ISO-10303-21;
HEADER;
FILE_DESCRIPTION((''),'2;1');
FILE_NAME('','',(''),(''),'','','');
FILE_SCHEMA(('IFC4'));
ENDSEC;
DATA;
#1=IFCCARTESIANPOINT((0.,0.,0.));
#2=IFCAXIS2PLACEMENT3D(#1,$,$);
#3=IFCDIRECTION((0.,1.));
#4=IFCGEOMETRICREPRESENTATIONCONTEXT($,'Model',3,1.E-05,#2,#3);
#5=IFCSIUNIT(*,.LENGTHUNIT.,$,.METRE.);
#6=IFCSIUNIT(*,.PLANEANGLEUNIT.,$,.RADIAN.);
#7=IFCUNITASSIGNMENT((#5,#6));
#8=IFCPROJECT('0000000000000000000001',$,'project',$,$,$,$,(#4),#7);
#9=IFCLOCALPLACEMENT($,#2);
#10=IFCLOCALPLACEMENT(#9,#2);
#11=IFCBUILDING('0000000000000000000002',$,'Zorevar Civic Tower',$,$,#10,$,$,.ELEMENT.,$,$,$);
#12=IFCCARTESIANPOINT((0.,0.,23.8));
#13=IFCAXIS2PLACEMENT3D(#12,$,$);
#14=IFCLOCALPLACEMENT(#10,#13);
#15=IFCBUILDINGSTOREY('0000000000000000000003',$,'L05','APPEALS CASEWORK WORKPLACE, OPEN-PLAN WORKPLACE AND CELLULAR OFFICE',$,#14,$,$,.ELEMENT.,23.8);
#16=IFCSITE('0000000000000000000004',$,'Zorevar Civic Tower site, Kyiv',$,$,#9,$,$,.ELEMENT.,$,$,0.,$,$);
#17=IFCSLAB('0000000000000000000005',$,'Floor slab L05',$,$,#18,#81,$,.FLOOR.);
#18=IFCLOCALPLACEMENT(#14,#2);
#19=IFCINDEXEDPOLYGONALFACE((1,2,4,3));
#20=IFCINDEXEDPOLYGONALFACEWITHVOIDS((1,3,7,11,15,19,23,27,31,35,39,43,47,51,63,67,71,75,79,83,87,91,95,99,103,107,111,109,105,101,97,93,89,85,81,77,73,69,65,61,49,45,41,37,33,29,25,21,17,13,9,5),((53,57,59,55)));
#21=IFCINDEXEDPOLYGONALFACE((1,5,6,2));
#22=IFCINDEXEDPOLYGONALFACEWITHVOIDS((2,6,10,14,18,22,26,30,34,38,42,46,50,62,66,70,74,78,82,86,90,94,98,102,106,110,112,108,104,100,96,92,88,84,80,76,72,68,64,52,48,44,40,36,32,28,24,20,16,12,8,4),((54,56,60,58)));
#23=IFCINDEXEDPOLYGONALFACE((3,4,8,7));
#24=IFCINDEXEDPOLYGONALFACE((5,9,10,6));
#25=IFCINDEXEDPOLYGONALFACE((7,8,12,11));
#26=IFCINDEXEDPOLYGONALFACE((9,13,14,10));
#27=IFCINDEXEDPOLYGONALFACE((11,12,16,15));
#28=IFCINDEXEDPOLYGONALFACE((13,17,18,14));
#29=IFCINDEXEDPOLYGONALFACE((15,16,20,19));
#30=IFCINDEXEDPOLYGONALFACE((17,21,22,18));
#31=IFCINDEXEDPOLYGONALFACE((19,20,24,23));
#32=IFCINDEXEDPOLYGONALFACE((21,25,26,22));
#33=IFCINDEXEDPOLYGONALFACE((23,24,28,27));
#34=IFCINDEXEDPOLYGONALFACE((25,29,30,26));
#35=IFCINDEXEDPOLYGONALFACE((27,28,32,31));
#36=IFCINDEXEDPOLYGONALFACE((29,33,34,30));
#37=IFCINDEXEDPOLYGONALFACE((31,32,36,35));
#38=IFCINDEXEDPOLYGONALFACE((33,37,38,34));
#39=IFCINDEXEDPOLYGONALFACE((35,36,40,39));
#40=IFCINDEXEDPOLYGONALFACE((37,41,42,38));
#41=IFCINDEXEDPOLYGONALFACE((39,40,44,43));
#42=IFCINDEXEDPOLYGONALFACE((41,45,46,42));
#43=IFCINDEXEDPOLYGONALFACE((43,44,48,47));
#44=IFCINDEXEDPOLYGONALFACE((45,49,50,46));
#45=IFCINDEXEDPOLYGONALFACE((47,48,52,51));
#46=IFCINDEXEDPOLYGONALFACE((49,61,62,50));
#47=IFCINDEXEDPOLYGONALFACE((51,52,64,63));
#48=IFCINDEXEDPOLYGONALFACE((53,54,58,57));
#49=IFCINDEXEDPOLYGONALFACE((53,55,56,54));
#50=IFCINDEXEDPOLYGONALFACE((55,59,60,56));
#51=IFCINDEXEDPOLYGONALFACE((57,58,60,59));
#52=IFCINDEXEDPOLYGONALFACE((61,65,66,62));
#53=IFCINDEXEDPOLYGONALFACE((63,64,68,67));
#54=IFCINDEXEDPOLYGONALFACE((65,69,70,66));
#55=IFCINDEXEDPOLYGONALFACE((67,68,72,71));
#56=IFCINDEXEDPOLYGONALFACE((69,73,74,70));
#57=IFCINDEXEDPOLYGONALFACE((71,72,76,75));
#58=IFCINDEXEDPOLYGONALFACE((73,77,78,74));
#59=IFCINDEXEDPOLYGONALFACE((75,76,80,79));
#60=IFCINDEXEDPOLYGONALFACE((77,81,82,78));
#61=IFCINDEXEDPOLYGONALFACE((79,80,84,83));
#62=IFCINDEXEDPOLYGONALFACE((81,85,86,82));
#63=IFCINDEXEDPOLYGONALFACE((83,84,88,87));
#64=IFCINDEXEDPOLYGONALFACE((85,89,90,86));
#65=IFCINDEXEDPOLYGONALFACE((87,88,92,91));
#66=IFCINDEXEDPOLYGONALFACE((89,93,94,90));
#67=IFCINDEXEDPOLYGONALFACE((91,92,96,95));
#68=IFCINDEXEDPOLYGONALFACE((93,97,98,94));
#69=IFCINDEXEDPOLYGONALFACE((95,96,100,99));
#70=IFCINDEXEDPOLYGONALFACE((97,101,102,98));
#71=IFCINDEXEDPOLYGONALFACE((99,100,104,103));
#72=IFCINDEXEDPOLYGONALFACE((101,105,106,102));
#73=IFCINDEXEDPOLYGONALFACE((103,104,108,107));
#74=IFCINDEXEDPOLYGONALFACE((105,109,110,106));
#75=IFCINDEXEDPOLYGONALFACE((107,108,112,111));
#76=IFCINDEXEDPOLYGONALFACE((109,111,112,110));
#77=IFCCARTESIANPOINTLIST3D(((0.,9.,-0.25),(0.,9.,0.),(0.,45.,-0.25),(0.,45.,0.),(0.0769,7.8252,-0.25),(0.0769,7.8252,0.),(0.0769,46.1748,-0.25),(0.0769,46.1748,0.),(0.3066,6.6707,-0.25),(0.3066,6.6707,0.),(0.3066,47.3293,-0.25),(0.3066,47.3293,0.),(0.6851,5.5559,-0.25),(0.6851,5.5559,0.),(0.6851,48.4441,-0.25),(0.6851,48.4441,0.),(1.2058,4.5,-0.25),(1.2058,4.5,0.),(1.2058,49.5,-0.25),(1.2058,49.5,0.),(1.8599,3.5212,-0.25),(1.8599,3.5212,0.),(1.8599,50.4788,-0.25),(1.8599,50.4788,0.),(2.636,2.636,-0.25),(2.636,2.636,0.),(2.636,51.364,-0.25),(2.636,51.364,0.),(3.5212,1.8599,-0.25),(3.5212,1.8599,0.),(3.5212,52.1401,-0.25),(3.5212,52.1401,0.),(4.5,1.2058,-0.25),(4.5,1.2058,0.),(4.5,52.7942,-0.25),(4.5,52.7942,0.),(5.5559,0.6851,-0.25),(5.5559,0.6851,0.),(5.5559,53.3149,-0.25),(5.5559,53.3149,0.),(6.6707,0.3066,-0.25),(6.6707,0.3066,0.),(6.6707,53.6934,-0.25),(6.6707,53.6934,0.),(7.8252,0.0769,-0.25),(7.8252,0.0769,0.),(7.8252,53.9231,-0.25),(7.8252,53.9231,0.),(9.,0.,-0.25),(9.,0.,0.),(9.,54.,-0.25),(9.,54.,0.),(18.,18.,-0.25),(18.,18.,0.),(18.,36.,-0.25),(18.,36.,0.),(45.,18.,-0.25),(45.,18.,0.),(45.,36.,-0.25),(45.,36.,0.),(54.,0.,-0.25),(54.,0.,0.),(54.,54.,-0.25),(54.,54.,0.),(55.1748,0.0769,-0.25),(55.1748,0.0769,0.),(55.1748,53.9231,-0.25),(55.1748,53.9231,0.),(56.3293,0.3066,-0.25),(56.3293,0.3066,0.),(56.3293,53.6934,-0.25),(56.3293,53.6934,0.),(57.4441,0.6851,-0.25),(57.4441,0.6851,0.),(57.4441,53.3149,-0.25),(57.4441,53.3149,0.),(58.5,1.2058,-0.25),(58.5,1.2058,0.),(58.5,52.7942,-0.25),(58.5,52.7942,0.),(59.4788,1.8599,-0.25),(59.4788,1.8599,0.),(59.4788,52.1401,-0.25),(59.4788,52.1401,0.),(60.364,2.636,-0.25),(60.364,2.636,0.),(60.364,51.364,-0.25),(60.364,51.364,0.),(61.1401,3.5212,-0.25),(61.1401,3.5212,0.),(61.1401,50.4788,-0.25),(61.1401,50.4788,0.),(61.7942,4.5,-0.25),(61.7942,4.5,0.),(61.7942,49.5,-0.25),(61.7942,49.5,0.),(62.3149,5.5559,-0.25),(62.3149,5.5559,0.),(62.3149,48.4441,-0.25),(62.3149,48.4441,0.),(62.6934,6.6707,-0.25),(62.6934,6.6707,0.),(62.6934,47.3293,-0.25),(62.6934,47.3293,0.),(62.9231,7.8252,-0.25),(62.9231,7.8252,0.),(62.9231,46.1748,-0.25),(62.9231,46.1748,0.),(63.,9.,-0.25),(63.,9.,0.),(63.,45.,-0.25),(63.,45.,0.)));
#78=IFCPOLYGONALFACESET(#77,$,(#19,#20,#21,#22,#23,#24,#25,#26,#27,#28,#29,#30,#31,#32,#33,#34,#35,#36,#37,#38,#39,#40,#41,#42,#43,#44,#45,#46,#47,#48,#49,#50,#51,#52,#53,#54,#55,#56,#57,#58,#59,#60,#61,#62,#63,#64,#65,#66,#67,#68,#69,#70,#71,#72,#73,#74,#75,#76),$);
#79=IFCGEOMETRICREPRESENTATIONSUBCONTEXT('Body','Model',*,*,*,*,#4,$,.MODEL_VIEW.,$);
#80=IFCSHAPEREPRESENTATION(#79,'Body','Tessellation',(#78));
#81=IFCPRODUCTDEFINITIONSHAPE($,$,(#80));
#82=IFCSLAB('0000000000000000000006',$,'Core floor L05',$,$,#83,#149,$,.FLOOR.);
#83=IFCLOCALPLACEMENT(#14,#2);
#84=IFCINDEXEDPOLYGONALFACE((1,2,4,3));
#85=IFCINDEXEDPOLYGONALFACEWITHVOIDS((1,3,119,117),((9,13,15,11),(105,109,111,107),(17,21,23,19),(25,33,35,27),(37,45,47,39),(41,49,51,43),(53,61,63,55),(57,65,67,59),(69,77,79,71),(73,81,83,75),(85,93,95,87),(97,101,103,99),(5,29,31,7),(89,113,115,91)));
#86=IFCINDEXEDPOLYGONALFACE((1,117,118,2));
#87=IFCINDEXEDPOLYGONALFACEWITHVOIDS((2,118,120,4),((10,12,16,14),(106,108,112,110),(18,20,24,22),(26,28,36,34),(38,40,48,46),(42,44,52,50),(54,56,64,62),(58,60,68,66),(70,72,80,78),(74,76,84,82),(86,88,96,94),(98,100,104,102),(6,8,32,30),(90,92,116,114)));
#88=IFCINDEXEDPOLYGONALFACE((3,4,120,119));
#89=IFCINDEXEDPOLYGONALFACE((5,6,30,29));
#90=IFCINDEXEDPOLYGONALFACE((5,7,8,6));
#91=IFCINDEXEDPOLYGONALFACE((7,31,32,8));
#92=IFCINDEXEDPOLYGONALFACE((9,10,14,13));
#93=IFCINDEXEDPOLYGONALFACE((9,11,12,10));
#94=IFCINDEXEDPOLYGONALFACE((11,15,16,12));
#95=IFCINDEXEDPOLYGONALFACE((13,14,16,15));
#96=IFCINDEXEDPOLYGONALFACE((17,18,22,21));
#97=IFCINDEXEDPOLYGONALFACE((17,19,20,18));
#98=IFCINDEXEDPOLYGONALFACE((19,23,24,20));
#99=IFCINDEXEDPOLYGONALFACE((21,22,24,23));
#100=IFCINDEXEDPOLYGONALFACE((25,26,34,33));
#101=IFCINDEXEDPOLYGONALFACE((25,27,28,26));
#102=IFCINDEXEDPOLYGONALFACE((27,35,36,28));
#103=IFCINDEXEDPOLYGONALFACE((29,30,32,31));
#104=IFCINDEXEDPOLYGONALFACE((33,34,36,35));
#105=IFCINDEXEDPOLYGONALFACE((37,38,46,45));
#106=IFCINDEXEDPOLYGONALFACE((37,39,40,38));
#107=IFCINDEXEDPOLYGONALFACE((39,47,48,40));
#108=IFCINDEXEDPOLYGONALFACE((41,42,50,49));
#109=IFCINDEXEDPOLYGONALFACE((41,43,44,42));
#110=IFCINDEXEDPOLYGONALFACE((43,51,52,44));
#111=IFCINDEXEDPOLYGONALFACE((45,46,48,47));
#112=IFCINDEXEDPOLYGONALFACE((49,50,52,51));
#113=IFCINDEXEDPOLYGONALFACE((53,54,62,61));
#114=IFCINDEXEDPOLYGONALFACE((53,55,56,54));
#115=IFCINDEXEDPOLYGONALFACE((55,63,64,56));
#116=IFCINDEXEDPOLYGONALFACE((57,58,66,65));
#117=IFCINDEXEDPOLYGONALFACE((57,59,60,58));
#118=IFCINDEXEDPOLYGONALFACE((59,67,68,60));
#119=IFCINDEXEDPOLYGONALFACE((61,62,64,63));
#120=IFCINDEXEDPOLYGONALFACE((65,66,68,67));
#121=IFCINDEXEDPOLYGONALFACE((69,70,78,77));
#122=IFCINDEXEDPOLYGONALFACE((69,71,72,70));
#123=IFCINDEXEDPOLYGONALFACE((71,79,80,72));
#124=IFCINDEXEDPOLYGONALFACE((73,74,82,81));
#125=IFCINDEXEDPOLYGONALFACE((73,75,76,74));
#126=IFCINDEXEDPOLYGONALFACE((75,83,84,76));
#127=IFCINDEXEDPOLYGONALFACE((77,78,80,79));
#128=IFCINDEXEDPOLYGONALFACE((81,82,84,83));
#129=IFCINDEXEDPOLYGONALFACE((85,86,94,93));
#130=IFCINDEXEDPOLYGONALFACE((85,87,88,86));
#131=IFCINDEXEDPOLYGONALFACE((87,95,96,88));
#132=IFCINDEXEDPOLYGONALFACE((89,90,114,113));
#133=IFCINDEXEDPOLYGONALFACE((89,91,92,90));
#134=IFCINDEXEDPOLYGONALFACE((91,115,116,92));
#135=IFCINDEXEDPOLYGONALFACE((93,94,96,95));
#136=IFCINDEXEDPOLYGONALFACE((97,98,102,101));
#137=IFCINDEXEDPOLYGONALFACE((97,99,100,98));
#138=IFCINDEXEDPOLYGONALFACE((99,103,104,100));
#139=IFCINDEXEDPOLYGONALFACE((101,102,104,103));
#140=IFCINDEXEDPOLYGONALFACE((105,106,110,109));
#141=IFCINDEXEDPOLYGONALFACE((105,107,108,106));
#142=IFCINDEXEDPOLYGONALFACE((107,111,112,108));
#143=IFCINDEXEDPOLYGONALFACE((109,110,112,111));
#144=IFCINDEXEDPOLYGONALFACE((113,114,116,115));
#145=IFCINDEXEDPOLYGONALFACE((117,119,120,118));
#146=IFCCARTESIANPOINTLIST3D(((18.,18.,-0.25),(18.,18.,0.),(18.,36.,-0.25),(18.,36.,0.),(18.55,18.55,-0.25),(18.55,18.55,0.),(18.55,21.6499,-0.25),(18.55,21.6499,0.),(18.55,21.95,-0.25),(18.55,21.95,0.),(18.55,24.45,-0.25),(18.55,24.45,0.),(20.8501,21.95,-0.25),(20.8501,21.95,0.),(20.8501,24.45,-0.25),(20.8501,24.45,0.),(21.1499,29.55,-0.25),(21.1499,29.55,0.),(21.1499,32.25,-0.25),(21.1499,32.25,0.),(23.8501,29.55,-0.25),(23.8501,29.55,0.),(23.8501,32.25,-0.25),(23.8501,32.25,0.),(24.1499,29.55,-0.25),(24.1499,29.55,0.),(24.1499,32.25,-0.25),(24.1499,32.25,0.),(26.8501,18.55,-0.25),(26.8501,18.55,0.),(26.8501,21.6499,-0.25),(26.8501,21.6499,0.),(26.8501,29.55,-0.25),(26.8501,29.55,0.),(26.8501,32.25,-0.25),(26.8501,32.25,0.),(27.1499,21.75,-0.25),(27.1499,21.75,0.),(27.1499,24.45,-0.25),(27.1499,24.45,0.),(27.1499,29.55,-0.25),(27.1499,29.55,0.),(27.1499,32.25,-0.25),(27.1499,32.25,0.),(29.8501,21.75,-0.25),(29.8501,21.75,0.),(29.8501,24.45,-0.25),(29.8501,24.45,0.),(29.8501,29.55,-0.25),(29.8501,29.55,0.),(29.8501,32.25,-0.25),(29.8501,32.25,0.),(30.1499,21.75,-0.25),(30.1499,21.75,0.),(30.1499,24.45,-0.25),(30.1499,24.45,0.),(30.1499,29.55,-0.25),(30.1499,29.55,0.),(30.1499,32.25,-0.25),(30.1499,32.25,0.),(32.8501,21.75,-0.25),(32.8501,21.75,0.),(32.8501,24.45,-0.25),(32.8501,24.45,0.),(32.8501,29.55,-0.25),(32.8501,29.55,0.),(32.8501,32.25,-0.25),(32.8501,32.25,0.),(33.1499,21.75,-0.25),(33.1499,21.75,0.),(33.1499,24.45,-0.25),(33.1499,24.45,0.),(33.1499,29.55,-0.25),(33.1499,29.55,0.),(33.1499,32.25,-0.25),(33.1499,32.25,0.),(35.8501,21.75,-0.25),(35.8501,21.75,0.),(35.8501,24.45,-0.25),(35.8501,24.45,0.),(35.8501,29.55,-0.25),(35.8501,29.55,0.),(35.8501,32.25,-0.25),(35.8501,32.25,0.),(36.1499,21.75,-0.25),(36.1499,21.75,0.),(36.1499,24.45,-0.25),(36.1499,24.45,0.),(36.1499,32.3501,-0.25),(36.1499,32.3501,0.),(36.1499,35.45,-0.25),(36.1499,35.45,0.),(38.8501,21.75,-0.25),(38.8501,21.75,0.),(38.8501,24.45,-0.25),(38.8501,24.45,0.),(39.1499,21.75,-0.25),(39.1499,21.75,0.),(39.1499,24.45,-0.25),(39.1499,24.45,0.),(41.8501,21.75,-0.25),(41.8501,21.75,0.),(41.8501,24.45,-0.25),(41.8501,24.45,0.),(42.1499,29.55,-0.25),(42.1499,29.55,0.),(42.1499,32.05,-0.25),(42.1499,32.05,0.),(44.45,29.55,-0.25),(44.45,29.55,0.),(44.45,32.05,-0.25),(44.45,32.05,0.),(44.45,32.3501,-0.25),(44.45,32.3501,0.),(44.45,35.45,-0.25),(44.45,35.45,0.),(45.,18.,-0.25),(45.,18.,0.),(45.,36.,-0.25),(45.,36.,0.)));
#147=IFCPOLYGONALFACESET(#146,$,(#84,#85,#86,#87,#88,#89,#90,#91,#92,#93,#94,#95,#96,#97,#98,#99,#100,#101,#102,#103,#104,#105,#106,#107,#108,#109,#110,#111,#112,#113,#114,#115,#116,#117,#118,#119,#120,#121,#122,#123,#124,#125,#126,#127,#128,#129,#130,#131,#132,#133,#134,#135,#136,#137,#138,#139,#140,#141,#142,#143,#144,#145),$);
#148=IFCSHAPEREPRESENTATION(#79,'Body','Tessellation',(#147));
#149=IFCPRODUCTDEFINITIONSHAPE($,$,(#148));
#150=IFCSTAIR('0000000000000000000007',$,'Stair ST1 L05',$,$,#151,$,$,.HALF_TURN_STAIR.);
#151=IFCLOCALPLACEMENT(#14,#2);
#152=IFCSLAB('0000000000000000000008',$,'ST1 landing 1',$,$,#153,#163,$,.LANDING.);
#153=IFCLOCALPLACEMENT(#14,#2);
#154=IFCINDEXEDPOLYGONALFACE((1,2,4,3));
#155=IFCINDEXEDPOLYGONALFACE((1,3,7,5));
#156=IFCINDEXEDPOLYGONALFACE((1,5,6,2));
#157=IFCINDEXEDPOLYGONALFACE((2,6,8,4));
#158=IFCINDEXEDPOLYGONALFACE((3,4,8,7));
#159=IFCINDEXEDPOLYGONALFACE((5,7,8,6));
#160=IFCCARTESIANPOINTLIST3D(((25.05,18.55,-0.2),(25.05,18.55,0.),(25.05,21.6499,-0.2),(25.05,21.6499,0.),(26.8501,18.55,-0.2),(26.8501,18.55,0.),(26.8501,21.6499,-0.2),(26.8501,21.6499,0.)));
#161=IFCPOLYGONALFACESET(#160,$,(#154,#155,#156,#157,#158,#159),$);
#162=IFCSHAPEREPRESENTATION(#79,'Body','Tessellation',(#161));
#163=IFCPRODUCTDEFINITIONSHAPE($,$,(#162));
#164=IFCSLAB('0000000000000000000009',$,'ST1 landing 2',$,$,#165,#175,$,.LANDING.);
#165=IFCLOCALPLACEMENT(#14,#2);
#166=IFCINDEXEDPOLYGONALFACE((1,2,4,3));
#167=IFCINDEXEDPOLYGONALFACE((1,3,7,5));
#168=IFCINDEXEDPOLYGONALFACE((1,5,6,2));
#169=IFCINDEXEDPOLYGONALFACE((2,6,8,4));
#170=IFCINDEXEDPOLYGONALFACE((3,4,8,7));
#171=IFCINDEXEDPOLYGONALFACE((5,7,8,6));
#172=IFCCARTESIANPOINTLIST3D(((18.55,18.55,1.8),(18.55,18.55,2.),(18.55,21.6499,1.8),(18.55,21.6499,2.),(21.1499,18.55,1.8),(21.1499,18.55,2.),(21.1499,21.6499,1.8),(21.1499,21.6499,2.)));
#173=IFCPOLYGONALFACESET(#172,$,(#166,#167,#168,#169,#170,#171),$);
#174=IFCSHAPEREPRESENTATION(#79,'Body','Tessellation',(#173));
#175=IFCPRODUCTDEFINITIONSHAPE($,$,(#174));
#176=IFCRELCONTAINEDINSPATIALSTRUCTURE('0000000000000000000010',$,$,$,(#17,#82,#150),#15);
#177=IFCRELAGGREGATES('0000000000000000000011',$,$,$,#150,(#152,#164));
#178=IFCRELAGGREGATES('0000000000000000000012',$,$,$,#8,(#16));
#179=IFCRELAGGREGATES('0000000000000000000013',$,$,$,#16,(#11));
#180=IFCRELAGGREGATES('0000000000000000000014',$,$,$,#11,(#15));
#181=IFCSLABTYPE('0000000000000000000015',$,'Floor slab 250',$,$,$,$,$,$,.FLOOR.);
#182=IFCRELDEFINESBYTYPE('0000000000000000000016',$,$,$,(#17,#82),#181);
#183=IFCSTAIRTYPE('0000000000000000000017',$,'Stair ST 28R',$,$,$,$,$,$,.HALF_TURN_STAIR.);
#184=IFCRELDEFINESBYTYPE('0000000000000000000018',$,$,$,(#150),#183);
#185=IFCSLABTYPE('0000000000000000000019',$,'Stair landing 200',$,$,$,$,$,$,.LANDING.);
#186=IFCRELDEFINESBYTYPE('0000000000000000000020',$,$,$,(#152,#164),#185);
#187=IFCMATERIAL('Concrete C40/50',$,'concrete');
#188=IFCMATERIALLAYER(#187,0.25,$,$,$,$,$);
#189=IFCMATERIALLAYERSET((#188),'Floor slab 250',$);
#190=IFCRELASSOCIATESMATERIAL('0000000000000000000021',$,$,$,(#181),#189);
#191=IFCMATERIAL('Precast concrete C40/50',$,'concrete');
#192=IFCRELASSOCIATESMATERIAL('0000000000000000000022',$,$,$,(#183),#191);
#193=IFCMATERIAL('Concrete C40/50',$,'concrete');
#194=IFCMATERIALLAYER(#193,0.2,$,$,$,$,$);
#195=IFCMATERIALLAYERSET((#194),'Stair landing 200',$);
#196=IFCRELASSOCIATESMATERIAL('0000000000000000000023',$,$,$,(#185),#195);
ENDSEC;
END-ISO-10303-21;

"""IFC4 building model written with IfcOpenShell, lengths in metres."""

from ifc_helpers import new_model, si_unit, direction, frame, origin, place, context, subcontext, project, spatial, polyline, outline, extrude, material, layer, layer_set, type_object, element, aggregate, save


model = new_model("IFC4")

# Units and contexts
model_context = context("Model", 3, precision=1e-05, world=origin(), true_north=direction((0.0, 1.0)))
body_context = subcontext(model_context, "Body", "Model", "MODEL_VIEW")
ifc_project = project(units=[si_unit("LENGTHUNIT", "METRE"), si_unit("PLANEANGLEUNIT", "RADIAN")], contexts=[model_context])

# Site, building, storey
site_placement = place(None, origin())
site = spatial("IfcSite", under=ifc_project, at=site_placement, Name="Zorevar Civic Tower site, Kyiv", CompositionType="ELEMENT", RefElevation=0.0)
building_placement = place(site_placement, origin())
building = spatial("IfcBuilding", under=site, at=building_placement, Name="Zorevar Civic Tower", CompositionType="ELEMENT")
storey_placement = place(building_placement, frame((0.0, 0.0, 23.8)))
storey = spatial("IfcBuildingStorey", under=building, at=storey_placement, Name="L05", Description="APPEALS CASEWORK WORKPLACE, OPEN-PLAN WORKPLACE AND CELLULAR OFFICE", CompositionType="ELEMENT", Elevation=23.8)

# Slabs
ifc_material_1 = material(Name="Concrete C40/50", Category="concrete")
ifc_layer_1 = layer(ifc_material_1, 0.25)
ifc_layer_set_1 = layer_set([ifc_layer_1], Name="Floor slab 250")
slab_type_1 = type_object("IfcSlabType", Name="Floor slab 250", PredefinedType="FLOOR", material=ifc_layer_set_1)
slab_1_placement = place(storey_placement, frame((0.0, 0.0, -0.25)))
element("IfcSlab", 1, at=slab_1_placement, inside=storey, type_object=slab_type_1, Name="Floor slab L05", PredefinedType="FLOOR", context=body_context, shape_type="SweptSolid", body=[
    extrude(outline(polyline([(54.0, 0.0), (55.1748, 0.0769), (56.3293, 0.3066), (57.4441, 0.6851), (58.5, 1.2058), (59.4788, 1.8599), (60.364, 2.636), (61.1401, 3.5212), (61.7942, 4.5), (62.3149, 5.5559), (62.6934, 6.6707), (62.9231, 7.8252), (63.0, 9.0), (63.0, 45.0), (62.9231, 46.1748), (62.6934, 47.3293), (62.3149, 48.4441), (61.7942, 49.5), (61.1401, 50.4788), (60.364, 51.364), (59.4788, 52.1401), (58.5, 52.7942), (57.4441, 53.3149), (56.3293, 53.6934), (55.1748, 53.9231), (54.0, 54.0), (9.0, 54.0), (7.8252, 53.9231), (6.6707, 53.6934), (5.5559, 53.3149), (4.5, 52.7942), (3.5212, 52.1401), (2.636, 51.364), (1.8599, 50.4788), (1.2058, 49.5), (0.6851, 48.4441), (0.3066, 47.3293), (0.0769, 46.1748), (0.0, 45.0), (0.0, 9.0), (0.0769, 7.8252), (0.3066, 6.6707), (0.6851, 5.5559), (1.2058, 4.5), (1.8599, 3.5212), (2.636, 2.636), (3.5212, 1.8599), (4.5, 1.2058), (5.5559, 0.6851), (6.6707, 0.3066), (7.8252, 0.0769), (9.0, 0.0), (54.0, 0.0)]), holes=[polyline([(18.0, 18.0), (45.0, 18.0), (45.0, 36.0), (18.0, 36.0), (18.0, 18.0)])]), origin(), (0.0, 0.0, 1.0), 0.25),
])
slab_2_placement = place(storey_placement, frame((0.0, 0.0, -0.25)))
element("IfcSlab", 2, at=slab_2_placement, inside=storey, type_object=slab_type_1, Name="Core floor L05", PredefinedType="FLOOR", context=body_context, shape_type="SweptSolid", body=[
    extrude(outline(polyline([(18.0, 18.0), (45.0, 18.0), (45.0, 36.0), (18.0, 36.0), (18.0, 18.0)]), holes=[polyline([(18.55, 18.55), (26.8501, 18.55), (26.8501, 21.6499), (18.55, 21.6499), (18.55, 18.55)]), polyline([(36.1499, 32.3501), (44.45, 32.3501), (44.45, 35.45), (36.1499, 35.45), (36.1499, 32.3501)]), polyline([(18.55, 21.95), (20.8501, 21.95), (20.8501, 24.45), (18.55, 24.45), (18.55, 21.95)]), polyline([(42.1499, 29.55), (44.45, 29.55), (44.45, 32.05), (42.1499, 32.05), (42.1499, 29.55)]), polyline([(27.1499, 21.75), (29.8501, 21.75), (29.8501, 24.45), (27.1499, 24.45), (27.1499, 21.75)]), polyline([(33.1499, 29.55), (35.8501, 29.55), (35.8501, 32.25), (33.1499, 32.25), (33.1499, 29.55)]), polyline([(30.1499, 21.75), (32.8501, 21.75), (32.8501, 24.45), (30.1499, 24.45), (30.1499, 21.75)]), polyline([(30.1499, 29.55), (32.8501, 29.55), (32.8501, 32.25), (30.1499, 32.25), (30.1499, 29.55)]), polyline([(33.1499, 21.75), (35.8501, 21.75), (35.8501, 24.45), (33.1499, 24.45), (33.1499, 21.75)]), polyline([(27.1499, 29.55), (29.8501, 29.55), (29.8501, 32.25), (27.1499, 32.25), (27.1499, 29.55)]), polyline([(36.1499, 21.75), (38.8501, 21.75), (38.8501, 24.45), (36.1499, 24.45), (36.1499, 21.75)]), polyline([(24.1499, 29.55), (26.8501, 29.55), (26.8501, 32.25), (24.1499, 32.25), (24.1499, 29.55)]), polyline([(39.1499, 21.75), (41.8501, 21.75), (41.8501, 24.45), (39.1499, 24.45), (39.1499, 21.75)]), polyline([(21.1499, 29.55), (23.8501, 29.55), (23.8501, 32.25), (21.1499, 32.25), (21.1499, 29.55)])]), origin(), (0.0, 0.0, 1.0), 0.25),
])

# Stair, slabs
ifc_material_2 = material(Name="Precast concrete C40/50", Category="concrete")
stair_type = type_object("IfcStairType", Name="Stair ST 28R", PredefinedType="HALF_TURN_STAIR", material=ifc_material_2)
stair_1_placement = place(storey_placement, origin())
stair_1 = element("IfcStair", 3, at=stair_1_placement, inside=storey, type_object=stair_type, Name="Stair ST1 L05", PredefinedType="HALF_TURN_STAIR")
ifc_material_3 = material(Name="Concrete C40/50", Category="concrete")
ifc_layer_2 = layer(ifc_material_3, 0.2)
ifc_layer_set_2 = layer_set([ifc_layer_2], Name="Stair landing 200")
slab_type_2 = type_object("IfcSlabType", Name="Stair landing 200", PredefinedType="LANDING", material=ifc_layer_set_2)
slab_3_placement = place(storey_placement, frame((0.0, 0.0, -0.2)))
slab_3 = element("IfcSlab", 4, at=slab_3_placement, type_object=slab_type_2, Name="ST1 landing 1", PredefinedType="LANDING", context=body_context, shape_type="SweptSolid", body=[
    extrude(outline(polyline([(25.05, 18.55), (26.8501, 18.55), (26.8501, 21.6499), (25.05, 21.6499), (25.05, 18.55)])), origin(), (0.0, 0.0, 1.0), 0.2),
])
slab_4_placement = place(storey_placement, frame((0.0, 0.0, 1.8)))
slab_4 = element("IfcSlab", 5, at=slab_4_placement, type_object=slab_type_2, Name="ST1 landing 2", PredefinedType="LANDING", context=body_context, shape_type="SweptSolid", body=[
    extrude(outline(polyline([(18.55, 18.55), (21.1499, 18.55), (21.1499, 21.6499), (18.55, 21.6499), (18.55, 18.55)])), origin(), (0.0, 0.0, 1.0), 0.2),
])
aggregate(stair_1, [slab_3, slab_4])

save(model, "model.ifc")
